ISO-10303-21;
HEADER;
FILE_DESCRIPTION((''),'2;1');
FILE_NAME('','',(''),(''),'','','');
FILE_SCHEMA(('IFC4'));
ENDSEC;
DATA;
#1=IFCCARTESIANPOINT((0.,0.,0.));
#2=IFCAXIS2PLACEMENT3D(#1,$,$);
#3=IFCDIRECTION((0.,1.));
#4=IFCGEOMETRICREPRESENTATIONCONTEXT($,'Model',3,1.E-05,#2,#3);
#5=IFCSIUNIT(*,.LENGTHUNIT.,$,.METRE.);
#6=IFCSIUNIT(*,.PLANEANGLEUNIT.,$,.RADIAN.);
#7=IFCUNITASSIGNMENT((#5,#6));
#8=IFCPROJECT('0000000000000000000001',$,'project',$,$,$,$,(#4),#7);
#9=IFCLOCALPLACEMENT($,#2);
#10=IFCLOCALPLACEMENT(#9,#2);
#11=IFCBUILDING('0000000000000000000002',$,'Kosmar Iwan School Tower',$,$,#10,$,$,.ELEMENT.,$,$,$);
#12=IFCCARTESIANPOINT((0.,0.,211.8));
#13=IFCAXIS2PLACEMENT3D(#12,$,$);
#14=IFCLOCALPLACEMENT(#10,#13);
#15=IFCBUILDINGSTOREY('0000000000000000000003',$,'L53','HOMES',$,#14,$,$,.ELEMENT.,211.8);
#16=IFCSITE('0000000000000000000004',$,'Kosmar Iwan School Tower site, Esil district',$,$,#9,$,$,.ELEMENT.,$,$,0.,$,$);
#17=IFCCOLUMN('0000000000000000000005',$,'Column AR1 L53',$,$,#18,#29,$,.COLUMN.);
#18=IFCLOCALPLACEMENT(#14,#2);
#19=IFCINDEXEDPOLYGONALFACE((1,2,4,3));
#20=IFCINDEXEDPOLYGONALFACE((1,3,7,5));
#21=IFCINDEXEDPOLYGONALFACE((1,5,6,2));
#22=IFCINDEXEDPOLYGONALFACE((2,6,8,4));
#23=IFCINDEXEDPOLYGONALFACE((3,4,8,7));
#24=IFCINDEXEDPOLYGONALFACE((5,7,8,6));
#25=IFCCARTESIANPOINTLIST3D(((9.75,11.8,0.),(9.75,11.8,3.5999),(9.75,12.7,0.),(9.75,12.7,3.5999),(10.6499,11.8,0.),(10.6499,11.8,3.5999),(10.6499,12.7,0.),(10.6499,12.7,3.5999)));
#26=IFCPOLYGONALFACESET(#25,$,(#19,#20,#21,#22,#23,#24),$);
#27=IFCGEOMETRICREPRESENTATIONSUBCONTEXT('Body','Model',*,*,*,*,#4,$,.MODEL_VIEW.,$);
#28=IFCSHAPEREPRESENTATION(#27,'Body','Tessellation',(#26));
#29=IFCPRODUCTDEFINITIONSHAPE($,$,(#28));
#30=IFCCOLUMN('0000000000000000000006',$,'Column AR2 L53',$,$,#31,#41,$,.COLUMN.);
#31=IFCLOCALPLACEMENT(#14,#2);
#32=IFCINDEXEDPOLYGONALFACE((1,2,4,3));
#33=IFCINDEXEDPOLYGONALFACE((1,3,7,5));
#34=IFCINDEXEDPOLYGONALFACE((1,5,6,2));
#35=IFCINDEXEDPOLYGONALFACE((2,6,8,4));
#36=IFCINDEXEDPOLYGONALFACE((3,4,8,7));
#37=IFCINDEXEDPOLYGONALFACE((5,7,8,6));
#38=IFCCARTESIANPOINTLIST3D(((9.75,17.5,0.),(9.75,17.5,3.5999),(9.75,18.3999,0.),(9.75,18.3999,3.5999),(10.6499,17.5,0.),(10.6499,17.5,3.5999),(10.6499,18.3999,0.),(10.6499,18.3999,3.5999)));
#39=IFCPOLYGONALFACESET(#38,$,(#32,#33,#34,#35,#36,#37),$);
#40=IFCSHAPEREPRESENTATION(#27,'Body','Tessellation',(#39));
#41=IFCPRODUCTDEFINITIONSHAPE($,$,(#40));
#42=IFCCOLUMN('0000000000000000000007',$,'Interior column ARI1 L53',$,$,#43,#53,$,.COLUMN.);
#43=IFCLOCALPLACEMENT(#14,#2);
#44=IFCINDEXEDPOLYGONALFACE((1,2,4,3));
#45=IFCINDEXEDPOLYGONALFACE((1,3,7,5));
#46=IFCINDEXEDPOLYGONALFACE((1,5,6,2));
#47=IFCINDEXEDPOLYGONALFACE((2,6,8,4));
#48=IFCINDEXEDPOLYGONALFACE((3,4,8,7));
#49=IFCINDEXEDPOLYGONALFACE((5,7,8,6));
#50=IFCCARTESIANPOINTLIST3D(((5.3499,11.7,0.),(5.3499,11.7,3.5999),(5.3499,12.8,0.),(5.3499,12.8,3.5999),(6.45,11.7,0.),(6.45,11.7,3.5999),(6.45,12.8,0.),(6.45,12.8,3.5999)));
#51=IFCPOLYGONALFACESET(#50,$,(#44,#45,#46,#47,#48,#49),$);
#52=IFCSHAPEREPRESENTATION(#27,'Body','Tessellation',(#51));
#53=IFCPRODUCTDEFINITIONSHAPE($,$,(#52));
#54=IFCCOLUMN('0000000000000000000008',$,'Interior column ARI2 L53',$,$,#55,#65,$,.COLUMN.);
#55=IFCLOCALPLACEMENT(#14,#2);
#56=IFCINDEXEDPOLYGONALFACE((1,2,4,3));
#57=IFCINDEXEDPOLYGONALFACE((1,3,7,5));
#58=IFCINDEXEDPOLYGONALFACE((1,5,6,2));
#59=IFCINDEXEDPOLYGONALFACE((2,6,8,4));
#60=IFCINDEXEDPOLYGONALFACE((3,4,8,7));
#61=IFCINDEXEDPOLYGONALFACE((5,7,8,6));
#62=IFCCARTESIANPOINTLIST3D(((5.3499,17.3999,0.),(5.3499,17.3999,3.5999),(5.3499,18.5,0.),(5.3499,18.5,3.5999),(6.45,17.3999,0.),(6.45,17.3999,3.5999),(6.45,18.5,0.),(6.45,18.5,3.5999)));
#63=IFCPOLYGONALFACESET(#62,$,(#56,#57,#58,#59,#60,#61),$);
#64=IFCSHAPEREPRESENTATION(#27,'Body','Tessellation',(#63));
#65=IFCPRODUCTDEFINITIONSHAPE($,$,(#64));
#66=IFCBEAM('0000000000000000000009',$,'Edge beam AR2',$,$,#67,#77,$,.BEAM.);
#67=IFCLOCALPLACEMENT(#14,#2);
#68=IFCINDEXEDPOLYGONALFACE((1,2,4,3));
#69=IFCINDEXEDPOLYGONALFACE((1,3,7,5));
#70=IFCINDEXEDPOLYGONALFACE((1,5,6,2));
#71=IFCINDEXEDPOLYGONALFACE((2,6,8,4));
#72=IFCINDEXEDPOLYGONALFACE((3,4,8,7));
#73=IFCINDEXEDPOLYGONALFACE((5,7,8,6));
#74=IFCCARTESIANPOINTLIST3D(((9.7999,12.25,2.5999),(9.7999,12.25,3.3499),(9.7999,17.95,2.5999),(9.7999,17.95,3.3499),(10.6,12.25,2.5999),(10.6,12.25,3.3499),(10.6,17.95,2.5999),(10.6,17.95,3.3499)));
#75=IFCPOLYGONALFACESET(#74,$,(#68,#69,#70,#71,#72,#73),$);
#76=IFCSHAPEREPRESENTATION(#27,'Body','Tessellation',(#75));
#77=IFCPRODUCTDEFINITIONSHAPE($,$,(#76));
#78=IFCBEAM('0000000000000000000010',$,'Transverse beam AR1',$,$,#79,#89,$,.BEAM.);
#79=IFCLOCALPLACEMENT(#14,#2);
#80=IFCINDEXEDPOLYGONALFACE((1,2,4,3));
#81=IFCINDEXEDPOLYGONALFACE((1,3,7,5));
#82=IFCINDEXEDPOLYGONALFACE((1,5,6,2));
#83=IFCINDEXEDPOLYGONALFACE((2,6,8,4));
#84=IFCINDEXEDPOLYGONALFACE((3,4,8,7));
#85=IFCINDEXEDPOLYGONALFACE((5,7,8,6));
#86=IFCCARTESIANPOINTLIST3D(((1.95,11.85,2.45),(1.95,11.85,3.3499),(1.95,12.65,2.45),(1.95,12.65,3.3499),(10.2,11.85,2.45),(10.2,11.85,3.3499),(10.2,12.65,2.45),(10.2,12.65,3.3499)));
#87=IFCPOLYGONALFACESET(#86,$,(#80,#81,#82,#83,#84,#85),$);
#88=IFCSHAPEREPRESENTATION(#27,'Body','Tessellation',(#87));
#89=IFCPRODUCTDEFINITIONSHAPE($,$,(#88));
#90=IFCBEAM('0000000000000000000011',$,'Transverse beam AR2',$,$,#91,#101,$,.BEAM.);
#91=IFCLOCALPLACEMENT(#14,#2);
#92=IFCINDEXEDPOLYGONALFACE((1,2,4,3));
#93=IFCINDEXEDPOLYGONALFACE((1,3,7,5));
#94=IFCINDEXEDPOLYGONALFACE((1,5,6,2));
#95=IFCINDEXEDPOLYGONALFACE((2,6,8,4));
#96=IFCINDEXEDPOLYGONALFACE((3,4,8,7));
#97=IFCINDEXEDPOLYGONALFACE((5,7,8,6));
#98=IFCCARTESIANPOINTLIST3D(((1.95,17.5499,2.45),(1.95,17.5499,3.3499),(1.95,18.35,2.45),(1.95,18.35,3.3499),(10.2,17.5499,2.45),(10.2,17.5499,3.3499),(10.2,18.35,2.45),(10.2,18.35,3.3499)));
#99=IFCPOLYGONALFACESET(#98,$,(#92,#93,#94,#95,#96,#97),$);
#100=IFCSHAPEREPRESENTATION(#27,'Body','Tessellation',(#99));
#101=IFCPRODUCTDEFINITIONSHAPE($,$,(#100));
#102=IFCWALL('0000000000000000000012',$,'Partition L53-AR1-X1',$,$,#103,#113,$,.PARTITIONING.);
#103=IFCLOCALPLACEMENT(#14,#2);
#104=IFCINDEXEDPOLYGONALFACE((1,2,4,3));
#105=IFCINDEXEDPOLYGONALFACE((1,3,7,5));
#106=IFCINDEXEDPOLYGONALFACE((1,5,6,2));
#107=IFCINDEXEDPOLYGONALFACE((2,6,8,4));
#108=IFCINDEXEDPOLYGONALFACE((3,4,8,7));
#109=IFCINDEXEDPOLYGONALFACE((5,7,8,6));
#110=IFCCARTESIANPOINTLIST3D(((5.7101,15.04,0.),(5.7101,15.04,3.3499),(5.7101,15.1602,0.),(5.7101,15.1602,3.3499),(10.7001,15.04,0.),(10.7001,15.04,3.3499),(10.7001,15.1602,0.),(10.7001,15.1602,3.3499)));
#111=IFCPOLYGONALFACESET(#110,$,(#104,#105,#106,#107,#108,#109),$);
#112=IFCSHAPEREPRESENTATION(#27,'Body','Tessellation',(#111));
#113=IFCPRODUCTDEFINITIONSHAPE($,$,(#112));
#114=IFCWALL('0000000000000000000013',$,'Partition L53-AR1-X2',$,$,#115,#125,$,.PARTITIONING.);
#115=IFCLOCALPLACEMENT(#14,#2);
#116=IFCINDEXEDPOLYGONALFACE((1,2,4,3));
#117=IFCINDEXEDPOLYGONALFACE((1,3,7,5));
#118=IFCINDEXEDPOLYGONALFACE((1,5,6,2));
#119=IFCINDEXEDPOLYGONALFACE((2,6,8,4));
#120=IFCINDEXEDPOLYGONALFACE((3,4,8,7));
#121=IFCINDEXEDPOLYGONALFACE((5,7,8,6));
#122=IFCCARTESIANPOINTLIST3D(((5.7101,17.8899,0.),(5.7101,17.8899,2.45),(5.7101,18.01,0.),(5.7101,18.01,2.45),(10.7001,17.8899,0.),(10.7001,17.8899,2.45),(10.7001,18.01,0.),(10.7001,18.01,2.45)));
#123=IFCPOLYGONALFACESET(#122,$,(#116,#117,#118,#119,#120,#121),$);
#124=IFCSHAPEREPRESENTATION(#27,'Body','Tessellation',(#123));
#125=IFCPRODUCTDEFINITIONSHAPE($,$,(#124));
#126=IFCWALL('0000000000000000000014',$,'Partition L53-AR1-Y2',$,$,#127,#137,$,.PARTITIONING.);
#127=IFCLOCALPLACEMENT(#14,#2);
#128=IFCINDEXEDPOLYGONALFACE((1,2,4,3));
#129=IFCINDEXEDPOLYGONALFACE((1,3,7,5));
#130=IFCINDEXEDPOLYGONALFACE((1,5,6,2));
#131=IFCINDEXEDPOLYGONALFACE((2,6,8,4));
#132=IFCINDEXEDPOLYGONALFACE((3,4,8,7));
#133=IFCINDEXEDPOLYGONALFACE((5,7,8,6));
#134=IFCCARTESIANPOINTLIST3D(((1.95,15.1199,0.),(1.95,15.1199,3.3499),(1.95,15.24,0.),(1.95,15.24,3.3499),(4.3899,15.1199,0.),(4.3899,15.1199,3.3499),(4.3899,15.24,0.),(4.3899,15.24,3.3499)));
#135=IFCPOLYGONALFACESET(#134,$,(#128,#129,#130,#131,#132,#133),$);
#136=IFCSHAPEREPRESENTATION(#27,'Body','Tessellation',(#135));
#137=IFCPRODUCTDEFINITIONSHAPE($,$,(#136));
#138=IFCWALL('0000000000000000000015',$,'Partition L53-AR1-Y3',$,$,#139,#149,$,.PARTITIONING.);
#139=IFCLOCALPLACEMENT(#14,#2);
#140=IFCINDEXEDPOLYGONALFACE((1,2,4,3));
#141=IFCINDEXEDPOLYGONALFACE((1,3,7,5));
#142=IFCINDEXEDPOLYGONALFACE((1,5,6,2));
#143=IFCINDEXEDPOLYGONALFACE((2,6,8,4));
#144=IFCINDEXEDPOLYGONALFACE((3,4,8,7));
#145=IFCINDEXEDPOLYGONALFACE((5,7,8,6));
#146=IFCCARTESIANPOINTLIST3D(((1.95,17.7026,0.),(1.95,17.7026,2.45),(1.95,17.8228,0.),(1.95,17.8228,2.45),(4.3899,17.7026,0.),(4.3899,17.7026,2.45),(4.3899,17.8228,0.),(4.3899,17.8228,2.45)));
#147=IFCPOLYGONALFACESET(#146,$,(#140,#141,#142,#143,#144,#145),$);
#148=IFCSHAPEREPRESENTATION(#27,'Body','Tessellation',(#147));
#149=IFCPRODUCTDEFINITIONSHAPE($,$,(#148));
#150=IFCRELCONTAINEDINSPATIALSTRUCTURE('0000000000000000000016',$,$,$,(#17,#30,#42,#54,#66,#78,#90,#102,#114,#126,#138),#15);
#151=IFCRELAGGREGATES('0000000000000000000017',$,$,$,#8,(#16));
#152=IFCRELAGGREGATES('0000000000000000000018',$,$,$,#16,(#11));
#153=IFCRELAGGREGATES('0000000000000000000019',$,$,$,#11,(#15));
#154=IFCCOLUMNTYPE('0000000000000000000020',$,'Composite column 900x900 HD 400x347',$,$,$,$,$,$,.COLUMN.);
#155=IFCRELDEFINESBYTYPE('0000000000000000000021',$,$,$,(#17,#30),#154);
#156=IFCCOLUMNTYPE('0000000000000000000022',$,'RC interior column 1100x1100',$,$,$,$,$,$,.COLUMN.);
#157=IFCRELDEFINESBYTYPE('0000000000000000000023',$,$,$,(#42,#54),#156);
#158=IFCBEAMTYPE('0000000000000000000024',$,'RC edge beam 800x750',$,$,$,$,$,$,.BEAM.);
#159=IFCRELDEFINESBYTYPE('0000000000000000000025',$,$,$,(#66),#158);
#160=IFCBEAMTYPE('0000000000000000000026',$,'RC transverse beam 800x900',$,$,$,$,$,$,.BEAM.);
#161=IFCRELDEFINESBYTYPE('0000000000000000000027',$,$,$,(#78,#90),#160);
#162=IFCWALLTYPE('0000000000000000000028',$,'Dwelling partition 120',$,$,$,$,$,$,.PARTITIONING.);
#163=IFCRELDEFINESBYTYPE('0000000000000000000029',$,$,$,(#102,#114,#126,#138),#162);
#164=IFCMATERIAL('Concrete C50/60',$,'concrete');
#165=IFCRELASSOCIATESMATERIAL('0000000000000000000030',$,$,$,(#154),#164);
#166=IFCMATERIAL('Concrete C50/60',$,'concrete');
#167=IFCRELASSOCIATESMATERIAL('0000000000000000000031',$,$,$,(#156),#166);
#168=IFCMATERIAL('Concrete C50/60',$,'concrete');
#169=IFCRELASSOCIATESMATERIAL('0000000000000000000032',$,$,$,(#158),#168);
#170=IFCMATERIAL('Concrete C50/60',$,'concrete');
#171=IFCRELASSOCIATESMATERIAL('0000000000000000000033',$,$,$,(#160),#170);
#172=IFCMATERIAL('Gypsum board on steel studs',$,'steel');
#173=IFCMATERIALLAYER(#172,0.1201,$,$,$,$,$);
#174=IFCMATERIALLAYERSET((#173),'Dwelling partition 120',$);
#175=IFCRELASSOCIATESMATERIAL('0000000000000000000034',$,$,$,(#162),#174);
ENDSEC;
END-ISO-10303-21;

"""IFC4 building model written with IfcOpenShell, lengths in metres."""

from ifc_helpers import new_model, si_unit, direction, frame, frame_2d, origin, origin_2d, place, context, subcontext, project, spatial, rectangle, extrude, material, layer, layer_set, material_profile, profile_set, type_object, element, save


model = new_model("IFC4")

# Units and contexts
model_context = context("Model", 3, precision=1e-05, world=origin(), true_north=direction((0.0, 1.0)))
body_context = subcontext(model_context, "Body", "Model", "MODEL_VIEW")
ifc_project = project(units=[si_unit("LENGTHUNIT", "METRE"), si_unit("PLANEANGLEUNIT", "RADIAN")], contexts=[model_context])

# Site, building, storey
site_placement = place(None, origin())
site = spatial("IfcSite", under=ifc_project, at=site_placement, Name="Kosmar Iwan School Tower site, Esil district", CompositionType="ELEMENT", RefElevation=0.0)
building_placement = place(site_placement, origin())
building = spatial("IfcBuilding", under=site, at=building_placement, Name="Kosmar Iwan School Tower", CompositionType="ELEMENT")
storey_placement = place(building_placement, frame((0.0, 0.0, 211.8)))
storey = spatial("IfcBuildingStorey", under=building, at=storey_placement, Name="L53", Description="HOMES", CompositionType="ELEMENT", Elevation=211.8)

# Columns
ifc_material_1 = material(Name="Concrete C50/60", Category="concrete")
ifc_material_profile_1 = material_profile(ifc_material_1, rectangle(XDim=0.8999, YDim=0.8999, at=origin_2d()), Name="RC 900x900 + HD 400x347")
ifc_profile_set_1 = profile_set([ifc_material_profile_1], Name="Concrete C50/60")
column_type_1 = type_object("IfcColumnType", Name="Composite column 900x900 HD 400x347", PredefinedType="COLUMN", material=ifc_profile_set_1)
for number, where, z_axis, x_axis, name in (
    (1, (10.2, 12.25, 0.0), (0.0, 0.0, 1.0), (0.0, 1.0, 0.0), "Column AR1 L53"),
    (2, (10.2, 17.95, 0.0), (0.0, 0.0, 1.0), (0.0, 1.0, 0.0), "Column AR2 L53"),
):
    element("IfcColumn", number, at=place(storey_placement, frame(where, z_axis=z_axis, x_axis=x_axis)), inside=storey, type_object=column_type_1, Name=name, PredefinedType="COLUMN", context=body_context, shape_type="SweptSolid", body=[
        extrude(rectangle(XDim=0.8999, YDim=0.8999, at=origin_2d()), origin(), (0.0, 0.0, 1.0), 3.5999),
    ])
ifc_material_2 = material(Name="Concrete C50/60", Category="concrete")
ifc_material_profile_2 = material_profile(ifc_material_2, rectangle(XDim=1.1001, YDim=1.1001, at=origin_2d()), Name="RC 1100x1100")
ifc_profile_set_2 = profile_set([ifc_material_profile_2], Name="Concrete C50/60")
column_type_2 = type_object("IfcColumnType", Name="RC interior column 1100x1100", PredefinedType="COLUMN", material=ifc_profile_set_2)
for number, where, z_axis, x_axis, name in (
    (3, (5.8999, 12.25, 0.0), (0.0, 0.0, 1.0), (0.0, 1.0, 0.0), "Interior column ARI1 L53"),
    (4, (5.8999, 17.95, 0.0), (0.0, 0.0, 1.0), (0.0, 1.0, 0.0), "Interior column ARI2 L53"),
):
    element("IfcColumn", number, at=place(storey_placement, frame(where, z_axis=z_axis, x_axis=x_axis)), inside=storey, type_object=column_type_2, Name=name, PredefinedType="COLUMN", context=body_context, shape_type="SweptSolid", body=[
        extrude(rectangle(XDim=1.1001, YDim=1.1001, at=origin_2d()), origin(), (0.0, 0.0, 1.0), 3.5999),
    ])

# Beams
ifc_material_3 = material(Name="Concrete C50/60", Category="concrete")
ifc_material_profile_3 = material_profile(ifc_material_3, rectangle(XDim=0.8, YDim=0.75, at=origin_2d()), Name="RC 800x750")
ifc_profile_set_3 = profile_set([ifc_material_profile_3], Name="Concrete C50/60")
beam_type_1 = type_object("IfcBeamType", Name="RC edge beam 800x750", PredefinedType="BEAM", material=ifc_profile_set_3)
beam_placement = place(storey_placement, frame((10.2, 12.25, 2.9749), z_axis=(0.0, 1.0, 0.0), x_axis=(-1.0, 0.0, 0.0)))
element("IfcBeam", 5, at=beam_placement, inside=storey, type_object=beam_type_1, Name="Edge beam AR2", PredefinedType="BEAM", context=body_context, shape_type="SweptSolid", body=[
    extrude(rectangle(XDim=0.8, YDim=0.75, at=origin_2d()), origin(), (0.0, 0.0, 1.0), 5.7),
])
ifc_material_4 = material(Name="Concrete C50/60", Category="concrete")
ifc_material_profile_4 = material_profile(ifc_material_4, rectangle(XDim=0.8, YDim=0.8999, at=origin_2d()), Name="RC 800x900")
ifc_profile_set_4 = profile_set([ifc_material_profile_4], Name="Concrete C50/60")
beam_type_2 = type_object("IfcBeamType", Name="RC transverse beam 800x900", PredefinedType="BEAM", material=ifc_profile_set_4)
for number, where, z_axis, x_axis, name in (
    (6, (10.2, 12.25, 2.8999), (-1.0, 0.0, 0.0), (0.0, -1.0, 0.0), "Transverse beam AR1"),
    (7, (10.2, 17.95, 2.8999), (-1.0, 0.0, 0.0), (0.0, -1.0, 0.0), "Transverse beam AR2"),
):
    element("IfcBeam", number, at=place(storey_placement, frame(where, z_axis=z_axis, x_axis=x_axis)), inside=storey, type_object=beam_type_2, Name=name, PredefinedType="BEAM", context=body_context, shape_type="SweptSolid", body=[
        extrude(rectangle(XDim=0.8, YDim=0.8999, at=origin_2d()), origin(), (0.0, 0.0, 1.0), 8.25),
    ])

# Walls
ifc_material_5 = material(Name="Gypsum board on steel studs", Category="steel")
ifc_layer = layer(ifc_material_5, 0.1201)
ifc_layer_set = layer_set([ifc_layer], Name="Dwelling partition 120")
wall_type = type_object("IfcWallType", Name="Dwelling partition 120", PredefinedType="PARTITIONING", material=ifc_layer_set)
wall_1_placement = place(storey_placement, frame((5.71, 15.1001, 0.0), z_axis=(0.0, 0.0, 1.0), x_axis=(1.0, 0.0, 0.0)))
element("IfcWall", 8, at=wall_1_placement, inside=storey, type_object=wall_type, Name="Partition L53-AR1-X1", PredefinedType="PARTITIONING", context=body_context, shape_type="SweptSolid", body=[
    extrude(rectangle(XDim=4.99, YDim=0.1201, at=frame_2d((2.4951, 0.0))), origin(), (0.0, 0.0, 1.0), 3.3499),
])
wall_2_placement = place(storey_placement, frame((5.71, 17.95, 0.0), z_axis=(0.0, 0.0, 1.0), x_axis=(1.0, 0.0, 0.0)))
element("IfcWall", 9, at=wall_2_placement, inside=storey, type_object=wall_type, Name="Partition L53-AR1-X2", PredefinedType="PARTITIONING", context=body_context, shape_type="SweptSolid", body=[
    extrude(rectangle(XDim=4.99, YDim=0.1201, at=frame_2d((2.4951, 0.0))), origin(), (0.0, 0.0, 1.0), 2.45),
])
wall_3_placement = place(storey_placement, frame((1.95, 15.1799, 0.0), z_axis=(0.0, 0.0, 1.0), x_axis=(1.0, 0.0, 0.0)))
element("IfcWall", 10, at=wall_3_placement, inside=storey, type_object=wall_type, Name="Partition L53-AR1-Y2", PredefinedType="PARTITIONING", context=body_context, shape_type="SweptSolid", body=[
    extrude(rectangle(XDim=2.4399, YDim=0.1201, at=frame_2d((1.22, 0.0))), origin(), (0.0, 0.0, 1.0), 3.3499),
])
wall_4_placement = place(storey_placement, frame((1.95, 17.7627, 0.0), z_axis=(0.0, 0.0, 1.0), x_axis=(1.0, 0.0, 0.0)))
element("IfcWall", 11, at=wall_4_placement, inside=storey, type_object=wall_type, Name="Partition L53-AR1-Y3", PredefinedType="PARTITIONING", context=body_context, shape_type="SweptSolid", body=[
    extrude(rectangle(XDim=2.4399, YDim=0.1201, at=frame_2d((1.22, 0.0))), origin(), (0.0, 0.0, 1.0), 2.45),
])

save(model, "model.ifc")
